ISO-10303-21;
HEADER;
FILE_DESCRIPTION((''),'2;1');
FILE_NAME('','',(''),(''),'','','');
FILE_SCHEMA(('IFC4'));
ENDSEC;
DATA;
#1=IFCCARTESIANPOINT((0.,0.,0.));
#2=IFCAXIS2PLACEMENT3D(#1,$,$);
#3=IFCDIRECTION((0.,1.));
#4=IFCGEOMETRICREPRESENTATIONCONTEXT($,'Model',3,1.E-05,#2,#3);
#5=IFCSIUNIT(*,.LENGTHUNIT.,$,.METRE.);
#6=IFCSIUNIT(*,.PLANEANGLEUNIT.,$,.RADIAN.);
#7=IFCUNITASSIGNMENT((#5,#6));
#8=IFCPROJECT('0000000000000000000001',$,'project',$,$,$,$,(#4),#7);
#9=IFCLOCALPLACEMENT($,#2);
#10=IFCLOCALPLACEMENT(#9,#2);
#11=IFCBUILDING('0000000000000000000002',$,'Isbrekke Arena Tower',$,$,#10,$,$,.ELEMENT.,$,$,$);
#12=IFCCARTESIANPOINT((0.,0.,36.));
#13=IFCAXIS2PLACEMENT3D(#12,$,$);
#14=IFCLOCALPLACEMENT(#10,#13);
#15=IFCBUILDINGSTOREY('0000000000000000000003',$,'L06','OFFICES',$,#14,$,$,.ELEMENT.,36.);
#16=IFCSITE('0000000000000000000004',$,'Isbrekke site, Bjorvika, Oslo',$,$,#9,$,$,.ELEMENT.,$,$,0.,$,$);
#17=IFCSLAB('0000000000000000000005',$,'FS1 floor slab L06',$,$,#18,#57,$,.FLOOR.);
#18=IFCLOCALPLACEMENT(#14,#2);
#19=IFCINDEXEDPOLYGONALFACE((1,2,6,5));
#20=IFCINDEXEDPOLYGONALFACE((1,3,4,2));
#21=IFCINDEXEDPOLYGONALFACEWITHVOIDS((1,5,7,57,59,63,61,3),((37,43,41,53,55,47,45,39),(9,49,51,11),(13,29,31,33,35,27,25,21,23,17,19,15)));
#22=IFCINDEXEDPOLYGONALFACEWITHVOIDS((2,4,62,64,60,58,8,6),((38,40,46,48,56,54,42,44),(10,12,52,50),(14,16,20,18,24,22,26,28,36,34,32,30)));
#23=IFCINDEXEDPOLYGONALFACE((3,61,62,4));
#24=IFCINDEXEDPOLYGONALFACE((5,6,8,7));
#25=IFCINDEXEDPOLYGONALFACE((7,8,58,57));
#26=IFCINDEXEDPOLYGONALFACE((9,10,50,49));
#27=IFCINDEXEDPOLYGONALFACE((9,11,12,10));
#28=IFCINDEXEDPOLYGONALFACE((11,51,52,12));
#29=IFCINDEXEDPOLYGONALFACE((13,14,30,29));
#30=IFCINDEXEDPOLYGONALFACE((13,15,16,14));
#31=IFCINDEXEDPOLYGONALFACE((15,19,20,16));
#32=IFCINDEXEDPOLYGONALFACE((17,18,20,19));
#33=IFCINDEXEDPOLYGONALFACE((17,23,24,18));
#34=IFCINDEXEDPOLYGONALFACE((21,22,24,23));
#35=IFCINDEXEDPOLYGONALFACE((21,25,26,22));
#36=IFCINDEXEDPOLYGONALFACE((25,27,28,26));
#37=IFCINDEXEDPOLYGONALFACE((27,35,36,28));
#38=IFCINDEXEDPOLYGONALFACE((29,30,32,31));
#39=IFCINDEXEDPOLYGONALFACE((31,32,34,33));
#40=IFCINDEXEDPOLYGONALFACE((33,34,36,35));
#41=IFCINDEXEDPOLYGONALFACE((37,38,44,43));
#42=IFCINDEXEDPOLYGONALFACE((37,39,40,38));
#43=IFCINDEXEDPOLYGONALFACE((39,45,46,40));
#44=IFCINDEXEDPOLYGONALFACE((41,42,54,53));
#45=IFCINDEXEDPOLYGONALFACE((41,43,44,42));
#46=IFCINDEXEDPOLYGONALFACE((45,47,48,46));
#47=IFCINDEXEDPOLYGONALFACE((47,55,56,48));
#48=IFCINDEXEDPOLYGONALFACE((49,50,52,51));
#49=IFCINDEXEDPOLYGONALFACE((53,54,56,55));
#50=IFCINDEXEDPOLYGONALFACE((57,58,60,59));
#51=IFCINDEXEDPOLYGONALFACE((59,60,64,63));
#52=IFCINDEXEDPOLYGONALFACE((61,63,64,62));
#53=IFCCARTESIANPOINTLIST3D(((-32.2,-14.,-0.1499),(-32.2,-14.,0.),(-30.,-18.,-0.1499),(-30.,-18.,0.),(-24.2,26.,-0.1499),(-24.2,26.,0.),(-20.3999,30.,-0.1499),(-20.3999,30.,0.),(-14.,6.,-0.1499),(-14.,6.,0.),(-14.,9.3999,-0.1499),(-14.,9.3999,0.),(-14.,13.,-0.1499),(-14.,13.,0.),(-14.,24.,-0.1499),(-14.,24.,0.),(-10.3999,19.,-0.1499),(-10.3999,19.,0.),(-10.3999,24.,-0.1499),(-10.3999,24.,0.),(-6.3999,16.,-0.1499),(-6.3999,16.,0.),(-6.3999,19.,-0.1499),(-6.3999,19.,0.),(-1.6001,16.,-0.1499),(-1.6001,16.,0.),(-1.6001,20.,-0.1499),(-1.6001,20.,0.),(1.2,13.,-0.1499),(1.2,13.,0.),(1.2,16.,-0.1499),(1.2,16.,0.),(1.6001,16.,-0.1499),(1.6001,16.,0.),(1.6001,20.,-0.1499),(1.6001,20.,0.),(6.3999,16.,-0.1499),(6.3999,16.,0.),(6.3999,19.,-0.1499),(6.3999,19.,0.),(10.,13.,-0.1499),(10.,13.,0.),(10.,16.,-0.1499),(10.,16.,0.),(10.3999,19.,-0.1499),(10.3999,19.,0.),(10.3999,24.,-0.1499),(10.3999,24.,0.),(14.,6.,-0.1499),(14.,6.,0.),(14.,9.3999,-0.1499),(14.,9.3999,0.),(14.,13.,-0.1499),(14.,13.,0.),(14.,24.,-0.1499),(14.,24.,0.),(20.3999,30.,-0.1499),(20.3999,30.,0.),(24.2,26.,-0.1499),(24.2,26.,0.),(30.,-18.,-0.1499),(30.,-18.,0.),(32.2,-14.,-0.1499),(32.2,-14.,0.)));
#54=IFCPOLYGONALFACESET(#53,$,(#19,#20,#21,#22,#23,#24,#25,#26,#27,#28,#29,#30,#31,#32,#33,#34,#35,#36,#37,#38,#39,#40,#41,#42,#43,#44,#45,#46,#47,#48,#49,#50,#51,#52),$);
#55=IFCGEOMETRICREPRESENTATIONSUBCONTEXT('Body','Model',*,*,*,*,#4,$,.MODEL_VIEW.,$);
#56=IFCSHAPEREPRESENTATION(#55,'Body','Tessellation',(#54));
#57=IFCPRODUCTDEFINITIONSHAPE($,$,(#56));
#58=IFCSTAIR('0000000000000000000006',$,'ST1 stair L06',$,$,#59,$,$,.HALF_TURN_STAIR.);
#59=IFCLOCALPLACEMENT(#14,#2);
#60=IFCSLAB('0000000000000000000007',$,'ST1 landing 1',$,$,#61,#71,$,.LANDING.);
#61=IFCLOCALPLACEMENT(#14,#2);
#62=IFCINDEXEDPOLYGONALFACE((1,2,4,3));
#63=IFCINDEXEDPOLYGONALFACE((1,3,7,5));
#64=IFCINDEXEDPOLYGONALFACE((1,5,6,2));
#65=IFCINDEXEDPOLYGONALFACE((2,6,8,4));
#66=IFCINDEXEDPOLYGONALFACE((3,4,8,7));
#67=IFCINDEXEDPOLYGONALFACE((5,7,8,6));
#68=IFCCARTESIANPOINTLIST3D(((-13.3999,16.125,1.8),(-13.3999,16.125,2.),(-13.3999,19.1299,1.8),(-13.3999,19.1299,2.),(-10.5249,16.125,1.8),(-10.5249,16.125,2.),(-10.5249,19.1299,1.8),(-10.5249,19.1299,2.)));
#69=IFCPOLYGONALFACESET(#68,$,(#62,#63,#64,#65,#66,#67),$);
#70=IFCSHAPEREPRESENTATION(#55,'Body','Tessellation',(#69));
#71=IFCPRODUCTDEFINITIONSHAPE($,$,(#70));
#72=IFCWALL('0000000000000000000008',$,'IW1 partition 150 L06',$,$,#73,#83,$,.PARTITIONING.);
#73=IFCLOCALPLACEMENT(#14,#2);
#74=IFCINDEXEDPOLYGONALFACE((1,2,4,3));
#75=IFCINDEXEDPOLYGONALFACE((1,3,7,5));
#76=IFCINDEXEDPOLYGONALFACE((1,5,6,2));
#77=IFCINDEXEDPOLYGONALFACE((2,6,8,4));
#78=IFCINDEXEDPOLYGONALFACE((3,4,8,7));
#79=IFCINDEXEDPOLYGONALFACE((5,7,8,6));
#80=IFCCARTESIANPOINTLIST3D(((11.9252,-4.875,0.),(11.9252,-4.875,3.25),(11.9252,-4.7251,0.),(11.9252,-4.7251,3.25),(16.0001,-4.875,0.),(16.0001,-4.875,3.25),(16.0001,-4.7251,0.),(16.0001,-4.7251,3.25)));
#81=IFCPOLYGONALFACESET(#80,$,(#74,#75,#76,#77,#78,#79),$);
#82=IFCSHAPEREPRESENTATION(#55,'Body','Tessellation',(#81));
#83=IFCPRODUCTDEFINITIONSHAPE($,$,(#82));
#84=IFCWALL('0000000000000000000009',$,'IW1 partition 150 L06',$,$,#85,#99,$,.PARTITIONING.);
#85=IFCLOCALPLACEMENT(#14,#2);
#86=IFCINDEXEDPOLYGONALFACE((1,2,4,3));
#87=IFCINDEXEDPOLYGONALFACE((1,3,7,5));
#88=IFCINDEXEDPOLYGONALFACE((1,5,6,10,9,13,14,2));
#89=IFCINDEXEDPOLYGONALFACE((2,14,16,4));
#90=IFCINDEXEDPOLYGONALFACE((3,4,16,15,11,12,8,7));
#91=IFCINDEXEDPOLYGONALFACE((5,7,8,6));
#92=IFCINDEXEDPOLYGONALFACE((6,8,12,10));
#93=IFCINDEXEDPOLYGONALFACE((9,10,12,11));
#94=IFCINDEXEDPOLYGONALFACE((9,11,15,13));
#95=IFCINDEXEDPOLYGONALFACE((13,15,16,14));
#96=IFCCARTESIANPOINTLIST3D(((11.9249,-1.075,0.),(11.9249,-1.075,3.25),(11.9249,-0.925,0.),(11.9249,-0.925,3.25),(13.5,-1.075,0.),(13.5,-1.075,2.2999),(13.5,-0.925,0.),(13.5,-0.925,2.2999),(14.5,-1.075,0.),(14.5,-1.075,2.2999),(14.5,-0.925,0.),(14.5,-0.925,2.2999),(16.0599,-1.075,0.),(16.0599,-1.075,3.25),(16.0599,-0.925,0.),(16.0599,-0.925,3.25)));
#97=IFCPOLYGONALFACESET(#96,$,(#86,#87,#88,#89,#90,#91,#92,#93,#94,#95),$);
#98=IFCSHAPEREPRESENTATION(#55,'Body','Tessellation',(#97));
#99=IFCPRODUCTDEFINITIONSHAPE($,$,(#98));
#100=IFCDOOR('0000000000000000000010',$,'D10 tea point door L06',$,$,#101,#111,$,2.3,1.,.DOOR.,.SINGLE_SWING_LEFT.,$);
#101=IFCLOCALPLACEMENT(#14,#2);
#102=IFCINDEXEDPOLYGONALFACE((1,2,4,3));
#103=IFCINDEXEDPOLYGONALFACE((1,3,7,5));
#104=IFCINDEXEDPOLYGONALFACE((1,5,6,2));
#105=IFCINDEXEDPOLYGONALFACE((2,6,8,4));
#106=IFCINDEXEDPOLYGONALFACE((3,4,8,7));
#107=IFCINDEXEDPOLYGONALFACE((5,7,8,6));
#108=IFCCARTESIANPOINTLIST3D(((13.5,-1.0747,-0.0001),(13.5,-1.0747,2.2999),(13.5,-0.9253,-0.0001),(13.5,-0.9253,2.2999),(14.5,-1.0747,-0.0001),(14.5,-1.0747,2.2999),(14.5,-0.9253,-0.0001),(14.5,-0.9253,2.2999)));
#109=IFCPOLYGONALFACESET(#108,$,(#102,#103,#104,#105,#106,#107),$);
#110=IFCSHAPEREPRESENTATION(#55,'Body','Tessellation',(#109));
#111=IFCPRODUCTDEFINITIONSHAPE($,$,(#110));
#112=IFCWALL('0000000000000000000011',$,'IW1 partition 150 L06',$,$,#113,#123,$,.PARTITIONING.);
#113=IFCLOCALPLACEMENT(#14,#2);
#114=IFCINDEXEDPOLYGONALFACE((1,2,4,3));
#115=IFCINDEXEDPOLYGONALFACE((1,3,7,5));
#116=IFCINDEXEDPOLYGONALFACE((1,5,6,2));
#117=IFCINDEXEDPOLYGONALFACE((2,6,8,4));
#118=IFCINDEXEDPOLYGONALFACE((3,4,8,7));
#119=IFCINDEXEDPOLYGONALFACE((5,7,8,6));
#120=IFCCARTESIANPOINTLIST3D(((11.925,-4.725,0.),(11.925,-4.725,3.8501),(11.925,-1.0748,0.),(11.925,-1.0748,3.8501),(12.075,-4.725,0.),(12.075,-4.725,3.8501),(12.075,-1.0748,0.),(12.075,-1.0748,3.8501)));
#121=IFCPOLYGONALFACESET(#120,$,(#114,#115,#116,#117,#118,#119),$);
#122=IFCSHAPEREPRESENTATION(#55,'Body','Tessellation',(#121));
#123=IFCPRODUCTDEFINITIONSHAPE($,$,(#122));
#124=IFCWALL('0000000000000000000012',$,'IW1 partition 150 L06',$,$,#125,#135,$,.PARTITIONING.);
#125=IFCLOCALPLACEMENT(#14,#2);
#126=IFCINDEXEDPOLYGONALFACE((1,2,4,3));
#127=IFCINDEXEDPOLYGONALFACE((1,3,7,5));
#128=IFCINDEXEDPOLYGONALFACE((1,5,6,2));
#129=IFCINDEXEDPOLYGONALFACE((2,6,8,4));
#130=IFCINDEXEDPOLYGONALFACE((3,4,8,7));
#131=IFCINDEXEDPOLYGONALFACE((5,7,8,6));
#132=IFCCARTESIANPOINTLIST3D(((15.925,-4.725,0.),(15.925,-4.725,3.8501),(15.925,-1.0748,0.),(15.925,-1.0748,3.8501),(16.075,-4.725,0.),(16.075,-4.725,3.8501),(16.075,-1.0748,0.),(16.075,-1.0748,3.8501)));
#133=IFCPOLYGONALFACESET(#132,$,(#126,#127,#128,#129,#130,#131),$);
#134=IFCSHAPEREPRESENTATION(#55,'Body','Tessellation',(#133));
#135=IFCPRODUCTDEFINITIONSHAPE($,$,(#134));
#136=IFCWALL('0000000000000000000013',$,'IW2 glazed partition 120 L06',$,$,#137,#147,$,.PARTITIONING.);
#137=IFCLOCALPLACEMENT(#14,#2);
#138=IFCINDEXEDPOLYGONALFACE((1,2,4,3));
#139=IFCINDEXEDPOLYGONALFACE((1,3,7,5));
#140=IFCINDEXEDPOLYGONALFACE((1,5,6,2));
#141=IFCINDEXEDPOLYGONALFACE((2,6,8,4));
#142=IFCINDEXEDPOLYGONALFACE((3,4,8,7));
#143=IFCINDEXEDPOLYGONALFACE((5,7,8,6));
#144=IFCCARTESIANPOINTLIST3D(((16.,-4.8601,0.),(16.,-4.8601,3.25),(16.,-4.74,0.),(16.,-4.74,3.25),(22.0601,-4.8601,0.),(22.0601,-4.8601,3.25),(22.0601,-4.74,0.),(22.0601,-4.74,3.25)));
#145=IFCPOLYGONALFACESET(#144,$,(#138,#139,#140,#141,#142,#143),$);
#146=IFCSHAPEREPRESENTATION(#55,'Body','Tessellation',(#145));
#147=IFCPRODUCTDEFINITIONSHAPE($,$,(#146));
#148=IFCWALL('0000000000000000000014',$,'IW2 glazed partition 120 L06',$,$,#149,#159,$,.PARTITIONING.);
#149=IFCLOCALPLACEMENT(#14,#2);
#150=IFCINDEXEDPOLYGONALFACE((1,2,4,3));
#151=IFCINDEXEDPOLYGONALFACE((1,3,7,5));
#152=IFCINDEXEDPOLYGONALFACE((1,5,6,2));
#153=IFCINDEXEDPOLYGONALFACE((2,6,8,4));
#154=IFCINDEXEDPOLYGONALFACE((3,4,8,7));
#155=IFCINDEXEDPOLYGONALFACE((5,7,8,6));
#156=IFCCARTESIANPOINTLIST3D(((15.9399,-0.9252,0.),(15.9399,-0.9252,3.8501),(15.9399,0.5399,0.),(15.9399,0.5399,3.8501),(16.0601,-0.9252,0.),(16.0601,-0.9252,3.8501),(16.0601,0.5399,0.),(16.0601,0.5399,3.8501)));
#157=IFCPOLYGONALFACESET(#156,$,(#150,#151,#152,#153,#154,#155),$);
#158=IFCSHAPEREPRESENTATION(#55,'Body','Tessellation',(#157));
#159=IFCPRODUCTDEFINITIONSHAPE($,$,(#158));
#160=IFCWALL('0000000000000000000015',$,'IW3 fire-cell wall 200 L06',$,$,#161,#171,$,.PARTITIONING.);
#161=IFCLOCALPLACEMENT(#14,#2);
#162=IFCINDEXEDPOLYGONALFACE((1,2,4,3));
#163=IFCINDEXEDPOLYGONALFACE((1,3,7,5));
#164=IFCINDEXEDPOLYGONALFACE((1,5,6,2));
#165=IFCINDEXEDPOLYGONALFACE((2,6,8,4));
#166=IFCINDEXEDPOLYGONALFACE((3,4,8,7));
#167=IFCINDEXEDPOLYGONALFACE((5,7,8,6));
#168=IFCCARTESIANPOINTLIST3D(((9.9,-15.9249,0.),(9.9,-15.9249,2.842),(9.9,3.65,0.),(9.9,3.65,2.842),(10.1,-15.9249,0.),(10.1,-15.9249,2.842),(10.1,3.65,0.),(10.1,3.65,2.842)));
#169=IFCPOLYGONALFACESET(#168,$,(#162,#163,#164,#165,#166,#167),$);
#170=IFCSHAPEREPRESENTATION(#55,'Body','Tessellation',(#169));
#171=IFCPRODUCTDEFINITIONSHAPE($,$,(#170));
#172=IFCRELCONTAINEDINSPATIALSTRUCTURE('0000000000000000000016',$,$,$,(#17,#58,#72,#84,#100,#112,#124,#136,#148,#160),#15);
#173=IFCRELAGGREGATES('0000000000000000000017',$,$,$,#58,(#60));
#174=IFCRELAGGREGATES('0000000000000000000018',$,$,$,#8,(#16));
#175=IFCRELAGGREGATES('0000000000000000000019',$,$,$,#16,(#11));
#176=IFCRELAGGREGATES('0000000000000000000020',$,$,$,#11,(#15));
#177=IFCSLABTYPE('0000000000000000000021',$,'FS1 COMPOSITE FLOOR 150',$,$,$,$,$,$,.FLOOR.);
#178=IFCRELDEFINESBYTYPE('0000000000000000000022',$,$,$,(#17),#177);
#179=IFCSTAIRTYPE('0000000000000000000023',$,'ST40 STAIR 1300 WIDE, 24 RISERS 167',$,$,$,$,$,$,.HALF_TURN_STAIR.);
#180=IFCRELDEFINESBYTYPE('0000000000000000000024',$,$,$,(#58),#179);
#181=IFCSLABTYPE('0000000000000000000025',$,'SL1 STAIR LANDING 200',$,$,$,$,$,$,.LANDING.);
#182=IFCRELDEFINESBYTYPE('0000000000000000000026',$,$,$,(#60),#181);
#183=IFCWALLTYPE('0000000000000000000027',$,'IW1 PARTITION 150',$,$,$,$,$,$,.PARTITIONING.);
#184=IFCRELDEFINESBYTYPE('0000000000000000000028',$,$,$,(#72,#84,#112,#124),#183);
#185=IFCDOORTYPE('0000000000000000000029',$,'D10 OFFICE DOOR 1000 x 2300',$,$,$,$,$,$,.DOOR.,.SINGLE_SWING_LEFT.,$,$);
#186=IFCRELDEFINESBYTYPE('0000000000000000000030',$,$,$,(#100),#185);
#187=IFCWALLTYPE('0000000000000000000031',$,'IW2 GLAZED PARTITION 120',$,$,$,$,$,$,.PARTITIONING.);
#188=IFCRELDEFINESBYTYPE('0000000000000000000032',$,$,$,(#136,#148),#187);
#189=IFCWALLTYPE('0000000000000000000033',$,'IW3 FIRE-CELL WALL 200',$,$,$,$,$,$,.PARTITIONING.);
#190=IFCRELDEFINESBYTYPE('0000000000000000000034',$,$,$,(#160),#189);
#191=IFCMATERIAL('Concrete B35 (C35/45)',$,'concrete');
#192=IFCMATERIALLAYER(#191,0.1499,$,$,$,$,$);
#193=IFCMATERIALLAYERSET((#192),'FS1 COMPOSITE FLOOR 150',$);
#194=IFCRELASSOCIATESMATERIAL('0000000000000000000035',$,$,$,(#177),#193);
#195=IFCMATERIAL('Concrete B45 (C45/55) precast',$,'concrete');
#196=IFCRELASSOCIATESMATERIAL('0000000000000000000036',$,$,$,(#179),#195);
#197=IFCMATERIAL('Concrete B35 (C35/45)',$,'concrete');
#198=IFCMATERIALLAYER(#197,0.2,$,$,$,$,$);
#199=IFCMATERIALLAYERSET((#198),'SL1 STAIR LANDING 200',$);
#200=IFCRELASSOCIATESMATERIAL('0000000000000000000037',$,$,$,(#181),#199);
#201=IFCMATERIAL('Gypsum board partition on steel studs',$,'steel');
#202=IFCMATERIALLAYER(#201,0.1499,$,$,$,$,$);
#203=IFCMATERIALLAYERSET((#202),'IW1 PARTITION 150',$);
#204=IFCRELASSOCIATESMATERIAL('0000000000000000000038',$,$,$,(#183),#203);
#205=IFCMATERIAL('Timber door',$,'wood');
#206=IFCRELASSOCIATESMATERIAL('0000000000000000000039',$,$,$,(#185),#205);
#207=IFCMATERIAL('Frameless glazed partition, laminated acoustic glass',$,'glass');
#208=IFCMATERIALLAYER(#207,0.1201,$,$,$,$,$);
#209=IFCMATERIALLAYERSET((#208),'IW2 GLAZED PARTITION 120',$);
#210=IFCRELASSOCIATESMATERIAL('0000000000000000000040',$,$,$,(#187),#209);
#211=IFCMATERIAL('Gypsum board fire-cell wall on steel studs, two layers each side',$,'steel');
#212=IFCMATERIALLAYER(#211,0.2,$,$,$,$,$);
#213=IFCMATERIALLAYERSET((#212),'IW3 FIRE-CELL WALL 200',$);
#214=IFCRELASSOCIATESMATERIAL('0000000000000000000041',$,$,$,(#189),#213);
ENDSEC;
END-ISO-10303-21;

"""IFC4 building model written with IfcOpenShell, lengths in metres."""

from ifc_helpers import new_model, si_unit, direction, frame, frame_2d, origin, place, context, subcontext, project, spatial, polyline, rectangle, outline, extrude, material, layer, layer_set, type_object, element, fill, aggregate, save


model = new_model("IFC4")

# Units and contexts
model_context = context("Model", 3, precision=1e-05, world=origin(), true_north=direction((0.0, 1.0)))
body_context = subcontext(model_context, "Body", "Model", "MODEL_VIEW")
ifc_project = project(units=[si_unit("LENGTHUNIT", "METRE"), si_unit("PLANEANGLEUNIT", "RADIAN")], contexts=[model_context])

# Site, building, storey
site_placement = place(None, origin())
site = spatial("IfcSite", under=ifc_project, at=site_placement, Name="Isbrekke site, Bjorvika, Oslo", CompositionType="ELEMENT", RefElevation=0.0)
building_placement = place(site_placement, origin())
building = spatial("IfcBuilding", under=site, at=building_placement, Name="Isbrekke Arena Tower", CompositionType="ELEMENT")
storey_placement = place(building_placement, frame((0.0, 0.0, 36.0)))
storey = spatial("IfcBuildingStorey", under=building, at=storey_placement, Name="L06", Description="OFFICES", CompositionType="ELEMENT", Elevation=36.0)

# Slab
ifc_material_1 = material(Name="Concrete B35 (C35/45)", Category="concrete")
ifc_layer_1 = layer(ifc_material_1, 0.1499)
ifc_layer_set_1 = layer_set([ifc_layer_1], Name="FS1 COMPOSITE FLOOR 150")
slab_type_1 = type_object("IfcSlabType", Name="FS1 COMPOSITE FLOOR 150", PredefinedType="FLOOR", material=ifc_layer_set_1)
slab_1_placement = place(storey_placement, frame((0.0, 0.0, -0.1499)))
element("IfcSlab", 1, at=slab_1_placement, inside=storey, type_object=slab_type_1, Name="FS1 floor slab L06", PredefinedType="FLOOR", context=body_context, shape_type="SweptSolid", body=[
    extrude(outline(polyline([(-30.0, -18.0), (30.0, -18.0), (32.2, -14.0), (24.2, 26.0), (20.3999, 30.0), (-20.3999, 30.0), (-24.2, 26.0), (-32.2, -14.0), (-30.0, -18.0)]), holes=[polyline([(14.0, 9.3999), (14.0, 6.0), (-14.0, 6.0), (-14.0, 9.3999), (14.0, 9.3999)]), polyline([(-6.3999, 19.0), (-6.3999, 16.0), (-1.6001, 16.0), (-1.6001, 20.0), (1.6001, 20.0), (1.6001, 16.0), (1.2, 16.0), (1.2, 13.0), (-14.0, 13.0), (-14.0, 24.0), (-10.3999, 24.0), (-10.3999, 19.0), (-6.3999, 19.0)]), polyline([(10.0, 13.0), (10.0, 16.0), (6.3999, 16.0), (6.3999, 19.0), (10.3999, 19.0), (10.3999, 24.0), (14.0, 24.0), (14.0, 13.0), (10.0, 13.0)])]), origin(), (0.0, 0.0, 1.0), 0.1499),
])

# Stair, slab
ifc_material_2 = material(Name="Concrete B45 (C45/55) precast", Category="concrete")
stair_type = type_object("IfcStairType", Name="ST40 STAIR 1300 WIDE, 24 RISERS 167", PredefinedType="HALF_TURN_STAIR", material=ifc_material_2)
stair_placement = place(storey_placement, origin())
stair = element("IfcStair", 2, at=stair_placement, inside=storey, type_object=stair_type, Name="ST1 stair L06", PredefinedType="HALF_TURN_STAIR")
ifc_material_3 = material(Name="Concrete B35 (C35/45)", Category="concrete")
ifc_layer_2 = layer(ifc_material_3, 0.2)
ifc_layer_set_2 = layer_set([ifc_layer_2], Name="SL1 STAIR LANDING 200")
slab_type_2 = type_object("IfcSlabType", Name="SL1 STAIR LANDING 200", PredefinedType="LANDING", material=ifc_layer_set_2)
slab_2_placement = place(storey_placement, frame((0.0, 0.0, 1.8)))
slab_2 = element("IfcSlab", 3, at=slab_2_placement, type_object=slab_type_2, Name="ST1 landing 1", PredefinedType="LANDING", context=body_context, shape_type="SweptSolid", body=[
    extrude(outline(polyline([(-13.3999, 16.125), (-10.5249, 16.125), (-10.5249, 19.1299), (-13.3999, 19.1299), (-13.3999, 16.125)])), origin(), (0.0, 0.0, 1.0), 0.2),
])
aggregate(stair, [slab_2])

# Wall
ifc_material_4 = material(Name="Gypsum board partition on steel studs", Category="steel")
ifc_layer_3 = layer(ifc_material_4, 0.1499)
ifc_layer_set_3 = layer_set([ifc_layer_3], Name="IW1 PARTITION 150")
wall_type_1 = type_object("IfcWallType", Name="IW1 PARTITION 150", PredefinedType="PARTITIONING", material=ifc_layer_set_3)
wall_1_placement = place(storey_placement, frame((11.925, -4.8, 0.0), z_axis=(0.0, 0.0, 1.0), x_axis=(1.0, 0.0, 0.0)))
element("IfcWall", 4, at=wall_1_placement, inside=storey, type_object=wall_type_1, Name="IW1 partition 150 L06", PredefinedType="PARTITIONING", context=body_context, shape_type="SweptSolid", body=[
    extrude(rectangle(XDim=4.075, YDim=0.1499, at=frame_2d((2.0376, 0.0))), origin(), (0.0, 0.0, 1.0), 3.25),
])

# Wall, opening, door
wall_2_placement = place(storey_placement, frame((11.925, -1.0, 0.0), z_axis=(0.0, 0.0, 1.0), x_axis=(1.0, 0.0, 0.0)))
wall_2 = element("IfcWall", 5, at=wall_2_placement, inside=storey, type_object=wall_type_1, Name="IW1 partition 150 L06", PredefinedType="PARTITIONING", context=body_context, shape_type="SweptSolid", body=[
    extrude(rectangle(XDim=4.135, YDim=0.1499, at=frame_2d((2.0674, 0.0))), origin(), (0.0, 0.0, 1.0), 3.25),
])
opening_placement = place(wall_2_placement, frame((1.575, 0.0, 0.0)))
opening = element("IfcOpeningElement", 6, at=opening_placement, cuts=wall_2, PredefinedType="OPENING", context=body_context, shape_type="SweptSolid", body=[
    extrude(rectangle(XDim=1.0, YDim=2.3, at=frame_2d((0.5, 1.1499))), frame((0.0, 0.0898, 0.0), z_axis=(0.0, -1.0, 0.0), x_axis=(1.0, 0.0, 0.0)), (0.0, 0.0, 1.0), 0.1797),
])
ifc_material_5 = material(Name="Timber door", Category="wood")
door_type = type_object("IfcDoorType", Name="D10 OFFICE DOOR 1000 x 2300", OperationType="SINGLE_SWING_LEFT", PredefinedType="DOOR", material=ifc_material_5)
door_placement = place(opening_placement, origin())
door = element("IfcDoor", 7, at=door_placement, inside=storey, type_object=door_type, Name="D10 tea point door L06", OperationType="SINGLE_SWING_LEFT", OverallHeight=2.3, OverallWidth=1.0, PredefinedType="DOOR", context=body_context, shape_type="SweptSolid", body=[
    extrude(rectangle(XDim=1.0, YDim=2.3, at=frame_2d((0.5, 1.1499))), frame((0.0, 0.0747, 0.0), z_axis=(0.0, -1.0, 0.0), x_axis=(1.0, 0.0, 0.0)), (0.0, 0.0, 1.0), 0.1494),
])
fill(opening, door)

# Walls
for number, where, z_axis, x_axis, name in (
    (8, (12.0, -4.7251, 0.0), (0.0, 0.0, 1.0), (0.0, 1.0, 0.0), "IW1 partition 150 L06"),
    (9, (16.0, -4.7251, 0.0), (0.0, 0.0, 1.0), (0.0, 1.0, 0.0), "IW1 partition 150 L06"),
):
    element("IfcWall", number, at=place(storey_placement, frame(where, z_axis=z_axis, x_axis=x_axis)), inside=storey, type_object=wall_type_1, Name=name, PredefinedType="PARTITIONING", context=body_context, shape_type="SweptSolid", body=[
        extrude(rectangle(XDim=3.6501, YDim=0.1499, at=frame_2d((1.8252, 0.0))), origin(), (0.0, 0.0, 1.0), 3.8501),
    ])
ifc_material_6 = material(Name="Frameless glazed partition, laminated acoustic glass", Category="glass")
ifc_layer_4 = layer(ifc_material_6, 0.1201)
ifc_layer_set_4 = layer_set([ifc_layer_4], Name="IW2 GLAZED PARTITION 120")
wall_type_2 = type_object("IfcWallType", Name="IW2 GLAZED PARTITION 120", PredefinedType="PARTITIONING", material=ifc_layer_set_4)
wall_3_placement = place(storey_placement, frame((16.0, -4.8, 0.0), z_axis=(0.0, 0.0, 1.0), x_axis=(1.0, 0.0, 0.0)))
element("IfcWall", 10, at=wall_3_placement, inside=storey, type_object=wall_type_2, Name="IW2 glazed partition 120 L06", PredefinedType="PARTITIONING", context=body_context, shape_type="SweptSolid", body=[
    extrude(rectangle(XDim=6.0601, YDim=0.1201, at=frame_2d((3.03, 0.0))), origin(), (0.0, 0.0, 1.0), 3.25),
])
wall_4_placement = place(storey_placement, frame((16.0, -0.925, 0.0), z_axis=(0.0, 0.0, 1.0), x_axis=(0.0, 1.0, 0.0)))
element("IfcWall", 11, at=wall_4_placement, inside=storey, type_object=wall_type_2, Name="IW2 glazed partition 120 L06", PredefinedType="PARTITIONING", context=body_context, shape_type="SweptSolid", body=[
    extrude(rectangle(XDim=1.4651, YDim=0.1201, at=frame_2d((0.7324, 0.0))), origin(), (0.0, 0.0, 1.0), 3.8501),
])
ifc_material_7 = material(Name="Gypsum board fire-cell wall on steel studs, two layers each side", Category="steel")
ifc_layer_5 = layer(ifc_material_7, 0.2)
ifc_layer_set_5 = layer_set([ifc_layer_5], Name="IW3 FIRE-CELL WALL 200")
wall_type_3 = type_object("IfcWallType", Name="IW3 FIRE-CELL WALL 200", PredefinedType="PARTITIONING", material=ifc_layer_set_5)
wall_5_placement = place(storey_placement, frame((10.0, -15.925, 0.0), z_axis=(0.0, 0.0, 1.0), x_axis=(0.0, 1.0, 0.0)))
element("IfcWall", 12, at=wall_5_placement, inside=storey, type_object=wall_type_3, Name="IW3 fire-cell wall 200 L06", PredefinedType="PARTITIONING", context=body_context, shape_type="SweptSolid", body=[
    extrude(rectangle(XDim=19.575, YDim=0.2, at=frame_2d((9.7876, 0.0))), origin(), (0.0, 0.0, 1.0), 2.842),
])

save(model, "model.ifc")
